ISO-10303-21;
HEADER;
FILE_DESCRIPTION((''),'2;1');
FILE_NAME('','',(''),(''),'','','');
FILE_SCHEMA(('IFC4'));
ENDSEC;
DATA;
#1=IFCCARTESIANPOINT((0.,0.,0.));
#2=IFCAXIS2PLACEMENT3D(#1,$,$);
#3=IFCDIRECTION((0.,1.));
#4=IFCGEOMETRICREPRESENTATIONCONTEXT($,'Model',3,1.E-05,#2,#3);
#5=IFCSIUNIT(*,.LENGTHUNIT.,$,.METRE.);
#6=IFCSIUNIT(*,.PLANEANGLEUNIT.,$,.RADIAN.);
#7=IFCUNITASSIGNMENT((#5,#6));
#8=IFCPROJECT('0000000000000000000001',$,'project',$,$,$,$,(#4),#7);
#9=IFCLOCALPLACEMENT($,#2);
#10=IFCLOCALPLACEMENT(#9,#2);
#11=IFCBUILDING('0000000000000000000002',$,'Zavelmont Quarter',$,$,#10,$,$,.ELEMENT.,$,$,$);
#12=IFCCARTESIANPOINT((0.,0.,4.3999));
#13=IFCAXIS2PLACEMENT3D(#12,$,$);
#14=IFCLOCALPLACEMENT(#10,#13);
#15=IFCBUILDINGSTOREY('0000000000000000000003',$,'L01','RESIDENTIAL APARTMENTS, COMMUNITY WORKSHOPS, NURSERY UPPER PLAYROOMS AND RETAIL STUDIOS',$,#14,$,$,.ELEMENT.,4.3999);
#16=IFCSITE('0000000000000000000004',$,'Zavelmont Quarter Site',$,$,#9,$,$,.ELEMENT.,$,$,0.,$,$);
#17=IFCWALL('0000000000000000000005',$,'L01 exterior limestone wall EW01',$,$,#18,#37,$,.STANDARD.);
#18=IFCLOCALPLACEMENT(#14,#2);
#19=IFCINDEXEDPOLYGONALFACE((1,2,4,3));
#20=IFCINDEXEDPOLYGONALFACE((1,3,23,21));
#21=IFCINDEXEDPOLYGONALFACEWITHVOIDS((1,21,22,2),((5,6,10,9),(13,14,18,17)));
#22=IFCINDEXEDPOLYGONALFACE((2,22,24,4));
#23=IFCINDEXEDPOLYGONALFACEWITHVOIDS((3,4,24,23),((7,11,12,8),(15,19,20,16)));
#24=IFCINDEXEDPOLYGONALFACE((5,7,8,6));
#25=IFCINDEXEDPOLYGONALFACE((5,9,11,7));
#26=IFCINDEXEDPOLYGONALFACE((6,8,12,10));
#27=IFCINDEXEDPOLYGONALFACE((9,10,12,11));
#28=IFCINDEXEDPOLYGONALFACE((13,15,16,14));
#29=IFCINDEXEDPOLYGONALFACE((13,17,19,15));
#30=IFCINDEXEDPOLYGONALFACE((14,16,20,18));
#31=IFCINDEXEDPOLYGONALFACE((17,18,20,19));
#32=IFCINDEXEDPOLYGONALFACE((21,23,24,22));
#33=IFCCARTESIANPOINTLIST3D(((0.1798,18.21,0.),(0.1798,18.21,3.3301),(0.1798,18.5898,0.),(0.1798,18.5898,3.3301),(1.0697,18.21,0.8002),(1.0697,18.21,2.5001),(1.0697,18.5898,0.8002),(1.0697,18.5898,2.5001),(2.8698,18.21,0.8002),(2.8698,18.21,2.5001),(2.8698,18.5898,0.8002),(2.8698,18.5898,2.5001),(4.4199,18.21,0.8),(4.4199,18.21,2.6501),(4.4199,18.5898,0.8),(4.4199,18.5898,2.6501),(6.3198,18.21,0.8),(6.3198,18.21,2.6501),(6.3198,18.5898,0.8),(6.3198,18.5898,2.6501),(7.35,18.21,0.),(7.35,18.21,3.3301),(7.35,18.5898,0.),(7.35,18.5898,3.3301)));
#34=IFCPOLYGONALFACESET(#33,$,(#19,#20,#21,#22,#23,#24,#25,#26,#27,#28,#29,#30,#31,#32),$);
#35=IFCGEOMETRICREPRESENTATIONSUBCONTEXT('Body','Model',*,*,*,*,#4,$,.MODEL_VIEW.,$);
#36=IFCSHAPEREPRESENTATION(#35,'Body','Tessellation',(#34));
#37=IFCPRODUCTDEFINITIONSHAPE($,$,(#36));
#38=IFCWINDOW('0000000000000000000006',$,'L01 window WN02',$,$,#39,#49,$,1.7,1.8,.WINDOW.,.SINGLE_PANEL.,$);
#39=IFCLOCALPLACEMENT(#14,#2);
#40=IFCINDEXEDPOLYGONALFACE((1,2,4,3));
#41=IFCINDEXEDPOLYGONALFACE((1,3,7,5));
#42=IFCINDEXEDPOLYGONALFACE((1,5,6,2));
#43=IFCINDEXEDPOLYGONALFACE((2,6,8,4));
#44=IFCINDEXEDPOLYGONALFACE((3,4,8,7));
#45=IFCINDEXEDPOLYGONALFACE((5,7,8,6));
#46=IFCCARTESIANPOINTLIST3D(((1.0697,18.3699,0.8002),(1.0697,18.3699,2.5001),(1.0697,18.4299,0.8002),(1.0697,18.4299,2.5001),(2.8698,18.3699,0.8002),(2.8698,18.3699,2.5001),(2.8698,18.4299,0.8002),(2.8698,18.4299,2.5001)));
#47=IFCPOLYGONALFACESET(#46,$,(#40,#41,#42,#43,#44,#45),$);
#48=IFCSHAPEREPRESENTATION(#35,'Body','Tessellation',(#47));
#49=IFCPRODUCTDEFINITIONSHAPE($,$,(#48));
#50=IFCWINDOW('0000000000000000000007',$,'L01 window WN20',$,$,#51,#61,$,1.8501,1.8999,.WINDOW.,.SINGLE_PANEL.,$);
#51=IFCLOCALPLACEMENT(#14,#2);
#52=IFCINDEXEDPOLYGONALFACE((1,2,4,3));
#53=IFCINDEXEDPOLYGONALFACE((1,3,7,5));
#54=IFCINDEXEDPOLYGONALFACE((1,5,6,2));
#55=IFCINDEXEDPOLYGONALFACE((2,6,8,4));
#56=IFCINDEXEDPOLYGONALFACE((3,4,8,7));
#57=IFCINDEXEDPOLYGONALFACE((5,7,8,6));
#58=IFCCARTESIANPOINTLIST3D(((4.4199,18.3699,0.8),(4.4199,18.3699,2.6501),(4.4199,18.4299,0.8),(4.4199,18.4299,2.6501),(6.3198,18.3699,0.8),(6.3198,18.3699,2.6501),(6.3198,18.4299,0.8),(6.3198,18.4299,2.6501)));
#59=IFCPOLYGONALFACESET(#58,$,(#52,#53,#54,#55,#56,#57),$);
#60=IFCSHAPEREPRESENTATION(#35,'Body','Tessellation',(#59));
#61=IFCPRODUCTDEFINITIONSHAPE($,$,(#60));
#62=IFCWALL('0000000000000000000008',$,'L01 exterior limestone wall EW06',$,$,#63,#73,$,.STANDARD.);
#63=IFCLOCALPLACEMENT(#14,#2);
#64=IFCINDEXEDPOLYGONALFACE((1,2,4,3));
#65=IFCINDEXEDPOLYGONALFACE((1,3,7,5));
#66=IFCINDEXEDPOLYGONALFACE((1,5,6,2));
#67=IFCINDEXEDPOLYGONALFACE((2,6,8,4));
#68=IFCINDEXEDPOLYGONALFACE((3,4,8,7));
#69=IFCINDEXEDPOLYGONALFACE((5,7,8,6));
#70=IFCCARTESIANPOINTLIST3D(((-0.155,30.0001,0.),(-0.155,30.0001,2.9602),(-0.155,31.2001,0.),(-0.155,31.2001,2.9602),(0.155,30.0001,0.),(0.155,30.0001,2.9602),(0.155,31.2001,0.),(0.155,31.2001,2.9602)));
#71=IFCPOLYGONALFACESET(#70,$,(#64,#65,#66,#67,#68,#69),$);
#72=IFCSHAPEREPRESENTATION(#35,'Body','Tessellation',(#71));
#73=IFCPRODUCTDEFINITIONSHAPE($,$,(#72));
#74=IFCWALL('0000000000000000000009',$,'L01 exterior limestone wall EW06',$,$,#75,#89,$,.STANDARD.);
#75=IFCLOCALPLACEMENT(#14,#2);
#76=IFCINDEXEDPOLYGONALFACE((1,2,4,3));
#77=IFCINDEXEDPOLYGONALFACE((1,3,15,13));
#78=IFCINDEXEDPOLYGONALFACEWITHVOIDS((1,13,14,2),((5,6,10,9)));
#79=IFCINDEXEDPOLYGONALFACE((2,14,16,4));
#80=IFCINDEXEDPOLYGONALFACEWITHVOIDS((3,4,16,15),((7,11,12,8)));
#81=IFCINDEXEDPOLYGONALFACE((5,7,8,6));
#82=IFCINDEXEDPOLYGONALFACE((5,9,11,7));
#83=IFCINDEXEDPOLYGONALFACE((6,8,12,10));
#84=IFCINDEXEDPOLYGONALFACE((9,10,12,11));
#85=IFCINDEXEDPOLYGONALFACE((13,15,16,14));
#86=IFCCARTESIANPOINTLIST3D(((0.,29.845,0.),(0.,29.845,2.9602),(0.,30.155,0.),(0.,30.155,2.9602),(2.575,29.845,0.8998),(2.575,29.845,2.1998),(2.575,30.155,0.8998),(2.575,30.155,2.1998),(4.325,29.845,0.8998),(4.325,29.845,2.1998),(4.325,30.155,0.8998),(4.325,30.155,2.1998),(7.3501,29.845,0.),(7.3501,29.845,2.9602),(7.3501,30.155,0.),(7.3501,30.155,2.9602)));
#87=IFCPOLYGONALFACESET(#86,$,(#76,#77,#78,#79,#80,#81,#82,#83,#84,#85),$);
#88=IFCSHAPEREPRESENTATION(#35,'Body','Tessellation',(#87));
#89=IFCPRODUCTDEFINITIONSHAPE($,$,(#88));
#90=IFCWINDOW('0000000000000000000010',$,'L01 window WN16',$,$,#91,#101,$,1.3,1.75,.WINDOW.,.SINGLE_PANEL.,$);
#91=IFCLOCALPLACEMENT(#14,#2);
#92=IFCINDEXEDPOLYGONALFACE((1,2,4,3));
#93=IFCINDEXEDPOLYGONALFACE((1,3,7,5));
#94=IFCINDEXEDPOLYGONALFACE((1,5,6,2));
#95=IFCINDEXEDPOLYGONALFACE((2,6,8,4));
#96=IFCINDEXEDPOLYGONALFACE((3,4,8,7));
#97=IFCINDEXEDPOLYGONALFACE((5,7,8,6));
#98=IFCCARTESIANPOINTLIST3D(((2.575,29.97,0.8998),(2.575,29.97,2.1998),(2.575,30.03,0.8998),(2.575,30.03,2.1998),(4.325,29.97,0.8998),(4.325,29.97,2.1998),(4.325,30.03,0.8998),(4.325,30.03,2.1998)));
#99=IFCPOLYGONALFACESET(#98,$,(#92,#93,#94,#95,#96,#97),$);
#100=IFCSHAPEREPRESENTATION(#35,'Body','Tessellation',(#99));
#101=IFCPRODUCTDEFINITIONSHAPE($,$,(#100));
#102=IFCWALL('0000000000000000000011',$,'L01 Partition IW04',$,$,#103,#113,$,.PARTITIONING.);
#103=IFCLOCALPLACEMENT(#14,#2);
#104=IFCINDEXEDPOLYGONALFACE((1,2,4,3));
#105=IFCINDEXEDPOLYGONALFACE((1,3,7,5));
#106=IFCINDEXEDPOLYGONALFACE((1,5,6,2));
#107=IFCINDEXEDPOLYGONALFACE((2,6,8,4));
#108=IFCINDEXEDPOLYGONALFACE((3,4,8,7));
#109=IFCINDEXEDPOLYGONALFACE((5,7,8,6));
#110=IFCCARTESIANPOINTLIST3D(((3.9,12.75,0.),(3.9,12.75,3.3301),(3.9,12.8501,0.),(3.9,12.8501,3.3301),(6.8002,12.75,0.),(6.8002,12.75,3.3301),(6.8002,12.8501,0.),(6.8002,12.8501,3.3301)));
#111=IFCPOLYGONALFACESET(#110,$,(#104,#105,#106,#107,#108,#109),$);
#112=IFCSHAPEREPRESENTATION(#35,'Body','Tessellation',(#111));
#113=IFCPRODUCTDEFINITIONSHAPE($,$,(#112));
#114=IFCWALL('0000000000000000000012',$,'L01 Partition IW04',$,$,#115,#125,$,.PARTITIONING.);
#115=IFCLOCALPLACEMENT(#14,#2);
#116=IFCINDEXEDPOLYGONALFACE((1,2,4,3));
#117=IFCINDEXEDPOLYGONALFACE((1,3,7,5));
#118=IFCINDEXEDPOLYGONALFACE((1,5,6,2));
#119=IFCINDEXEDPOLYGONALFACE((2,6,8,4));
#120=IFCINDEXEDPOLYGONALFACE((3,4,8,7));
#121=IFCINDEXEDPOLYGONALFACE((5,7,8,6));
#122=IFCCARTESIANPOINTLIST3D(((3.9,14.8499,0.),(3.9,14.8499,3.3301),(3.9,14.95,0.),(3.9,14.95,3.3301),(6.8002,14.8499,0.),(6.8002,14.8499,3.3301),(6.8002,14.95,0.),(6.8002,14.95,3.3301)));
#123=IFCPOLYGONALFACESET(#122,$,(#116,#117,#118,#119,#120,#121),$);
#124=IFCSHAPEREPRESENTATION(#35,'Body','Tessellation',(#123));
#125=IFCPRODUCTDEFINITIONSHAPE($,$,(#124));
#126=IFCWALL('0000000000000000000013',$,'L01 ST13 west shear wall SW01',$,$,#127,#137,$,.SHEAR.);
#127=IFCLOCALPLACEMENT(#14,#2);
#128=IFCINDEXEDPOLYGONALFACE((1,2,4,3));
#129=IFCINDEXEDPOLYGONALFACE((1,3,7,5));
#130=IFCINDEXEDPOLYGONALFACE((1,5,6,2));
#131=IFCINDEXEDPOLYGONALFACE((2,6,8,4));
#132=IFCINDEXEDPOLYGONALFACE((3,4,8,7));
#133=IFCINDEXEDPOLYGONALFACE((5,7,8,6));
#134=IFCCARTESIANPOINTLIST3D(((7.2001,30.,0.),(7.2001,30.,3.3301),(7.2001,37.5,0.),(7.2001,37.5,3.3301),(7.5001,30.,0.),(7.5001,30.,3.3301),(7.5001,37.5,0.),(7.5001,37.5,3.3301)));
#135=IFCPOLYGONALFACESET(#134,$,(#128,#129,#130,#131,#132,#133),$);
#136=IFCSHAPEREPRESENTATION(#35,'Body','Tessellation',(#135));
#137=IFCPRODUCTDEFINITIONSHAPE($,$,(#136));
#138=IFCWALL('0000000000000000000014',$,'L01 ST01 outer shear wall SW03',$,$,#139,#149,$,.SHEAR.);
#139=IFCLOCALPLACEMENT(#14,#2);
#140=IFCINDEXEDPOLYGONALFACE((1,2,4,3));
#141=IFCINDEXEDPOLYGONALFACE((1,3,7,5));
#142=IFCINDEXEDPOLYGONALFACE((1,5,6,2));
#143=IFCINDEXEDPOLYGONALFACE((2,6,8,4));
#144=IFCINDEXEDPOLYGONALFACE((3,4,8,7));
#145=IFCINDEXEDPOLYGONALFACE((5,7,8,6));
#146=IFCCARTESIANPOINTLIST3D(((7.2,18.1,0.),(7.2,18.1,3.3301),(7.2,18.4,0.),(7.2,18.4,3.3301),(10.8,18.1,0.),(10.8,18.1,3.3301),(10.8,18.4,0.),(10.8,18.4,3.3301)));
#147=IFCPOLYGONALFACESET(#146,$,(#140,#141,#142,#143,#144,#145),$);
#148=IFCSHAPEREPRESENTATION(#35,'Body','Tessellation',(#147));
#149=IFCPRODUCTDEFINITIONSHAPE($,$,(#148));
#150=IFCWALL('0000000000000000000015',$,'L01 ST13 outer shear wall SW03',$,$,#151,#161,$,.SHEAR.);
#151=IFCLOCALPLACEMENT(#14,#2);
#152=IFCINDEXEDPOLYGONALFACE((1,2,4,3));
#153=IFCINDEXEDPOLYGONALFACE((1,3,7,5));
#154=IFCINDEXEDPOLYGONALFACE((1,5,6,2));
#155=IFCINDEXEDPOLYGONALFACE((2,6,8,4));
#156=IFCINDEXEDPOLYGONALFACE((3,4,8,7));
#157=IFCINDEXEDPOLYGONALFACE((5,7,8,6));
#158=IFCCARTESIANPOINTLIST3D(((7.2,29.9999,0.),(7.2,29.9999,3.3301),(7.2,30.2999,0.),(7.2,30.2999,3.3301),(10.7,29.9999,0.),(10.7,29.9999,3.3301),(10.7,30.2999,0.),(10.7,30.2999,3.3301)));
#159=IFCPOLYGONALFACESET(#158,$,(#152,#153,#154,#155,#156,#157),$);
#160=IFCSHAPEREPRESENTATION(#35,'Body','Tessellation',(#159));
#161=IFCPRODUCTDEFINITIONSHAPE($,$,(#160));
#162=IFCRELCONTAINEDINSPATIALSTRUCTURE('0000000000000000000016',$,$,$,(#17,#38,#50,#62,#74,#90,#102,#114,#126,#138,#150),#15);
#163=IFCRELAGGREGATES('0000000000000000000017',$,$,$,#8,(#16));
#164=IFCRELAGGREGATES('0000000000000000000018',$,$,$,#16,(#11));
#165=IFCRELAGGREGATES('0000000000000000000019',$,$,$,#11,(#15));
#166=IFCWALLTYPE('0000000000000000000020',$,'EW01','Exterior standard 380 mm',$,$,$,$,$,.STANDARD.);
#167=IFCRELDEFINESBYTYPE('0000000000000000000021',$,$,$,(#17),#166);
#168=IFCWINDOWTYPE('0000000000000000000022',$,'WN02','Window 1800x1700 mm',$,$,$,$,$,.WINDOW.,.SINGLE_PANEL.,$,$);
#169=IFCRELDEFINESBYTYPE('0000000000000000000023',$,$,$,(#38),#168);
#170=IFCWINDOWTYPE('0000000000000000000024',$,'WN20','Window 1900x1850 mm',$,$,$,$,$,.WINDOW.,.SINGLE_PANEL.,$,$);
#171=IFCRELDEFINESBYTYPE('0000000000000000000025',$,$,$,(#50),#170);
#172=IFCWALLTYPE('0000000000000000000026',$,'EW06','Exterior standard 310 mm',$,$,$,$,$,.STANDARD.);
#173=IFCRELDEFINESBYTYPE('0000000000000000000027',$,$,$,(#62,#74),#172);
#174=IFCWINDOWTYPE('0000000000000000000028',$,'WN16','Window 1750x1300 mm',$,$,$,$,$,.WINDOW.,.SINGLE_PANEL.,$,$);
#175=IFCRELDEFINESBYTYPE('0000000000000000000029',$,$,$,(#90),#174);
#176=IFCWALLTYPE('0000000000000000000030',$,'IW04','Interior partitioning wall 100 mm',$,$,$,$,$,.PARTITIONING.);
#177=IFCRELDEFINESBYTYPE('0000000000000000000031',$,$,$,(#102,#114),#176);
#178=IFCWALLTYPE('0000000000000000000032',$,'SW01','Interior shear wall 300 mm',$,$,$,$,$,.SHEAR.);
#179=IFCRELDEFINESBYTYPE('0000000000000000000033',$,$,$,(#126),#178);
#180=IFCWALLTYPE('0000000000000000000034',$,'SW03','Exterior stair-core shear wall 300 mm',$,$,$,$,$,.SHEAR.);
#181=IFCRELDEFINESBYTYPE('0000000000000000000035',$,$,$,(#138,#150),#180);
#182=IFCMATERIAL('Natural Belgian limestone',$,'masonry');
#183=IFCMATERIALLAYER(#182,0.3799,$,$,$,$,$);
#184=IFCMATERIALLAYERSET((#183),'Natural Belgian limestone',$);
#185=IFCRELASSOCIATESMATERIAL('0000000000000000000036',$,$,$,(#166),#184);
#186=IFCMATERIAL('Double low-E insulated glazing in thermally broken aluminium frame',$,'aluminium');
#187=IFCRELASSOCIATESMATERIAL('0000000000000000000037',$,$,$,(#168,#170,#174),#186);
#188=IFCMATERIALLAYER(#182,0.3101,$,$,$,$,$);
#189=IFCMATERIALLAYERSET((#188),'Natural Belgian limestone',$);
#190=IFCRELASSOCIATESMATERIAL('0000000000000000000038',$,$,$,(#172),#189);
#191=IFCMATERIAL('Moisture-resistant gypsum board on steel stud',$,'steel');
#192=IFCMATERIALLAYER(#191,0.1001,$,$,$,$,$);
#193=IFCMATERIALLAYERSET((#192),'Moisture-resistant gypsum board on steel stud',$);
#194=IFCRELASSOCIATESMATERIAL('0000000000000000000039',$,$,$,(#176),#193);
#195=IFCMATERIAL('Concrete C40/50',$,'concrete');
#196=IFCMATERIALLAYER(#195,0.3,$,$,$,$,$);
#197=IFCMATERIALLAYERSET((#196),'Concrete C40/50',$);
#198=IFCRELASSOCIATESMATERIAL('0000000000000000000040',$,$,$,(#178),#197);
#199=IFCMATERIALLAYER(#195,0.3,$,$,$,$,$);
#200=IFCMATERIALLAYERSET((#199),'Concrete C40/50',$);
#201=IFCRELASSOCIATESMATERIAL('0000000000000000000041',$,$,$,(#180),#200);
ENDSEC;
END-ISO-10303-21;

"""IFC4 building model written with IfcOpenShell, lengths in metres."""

from ifc_helpers import new_model, si_unit, direction, frame, frame_2d, origin, origin_with_axes, place, context, subcontext, project, spatial, rectangle, extrude, material, layer, layer_set, type_object, element, fill, save


model = new_model("IFC4")

# Units and contexts
model_context = context("Model", 3, precision=1e-05, world=origin(), true_north=direction((0.0, 1.0)))
body_context = subcontext(model_context, "Body", "Model", "MODEL_VIEW")
ifc_project = project(units=[si_unit("LENGTHUNIT", "METRE"), si_unit("PLANEANGLEUNIT", "RADIAN")], contexts=[model_context])

# Site, building, storey
site_placement = place(None, origin())
site = spatial("IfcSite", under=ifc_project, at=site_placement, Name="Zavelmont Quarter Site", CompositionType="ELEMENT", RefElevation=0.0)
building_placement = place(site_placement, origin())
building = spatial("IfcBuilding", under=site, at=building_placement, Name="Zavelmont Quarter", CompositionType="ELEMENT")
storey_placement = place(building_placement, frame((0.0, 0.0, 4.3999)))
storey = spatial("IfcBuildingStorey", under=building, at=storey_placement, Name="L01", Description="RESIDENTIAL APARTMENTS, COMMUNITY WORKSHOPS, NURSERY UPPER PLAYROOMS AND RETAIL STUDIOS", CompositionType="ELEMENT", Elevation=4.3999)

# Shared definitions
ifc_material_1 = material(Name="Concrete C40/50", Category="concrete")

# Wall, openings, windows
ifc_material_2 = material(Name="Natural Belgian limestone", Category="masonry")
ifc_layer_1 = layer(ifc_material_2, 0.3799)
ifc_layer_set_1 = layer_set([ifc_layer_1], Name="Natural Belgian limestone")
wall_type_1 = type_object("IfcWallType", Name="EW01", Description="Exterior standard 380 mm", PredefinedType="STANDARD", material=ifc_layer_set_1)
wall_1_placement = place(storey_placement, frame((0.1799, 18.3999, 0.0), z_axis=(0.0, 0.0, 1.0), x_axis=(1.0, 0.0, 0.0)))
wall_1 = element("IfcWall", 1, at=wall_1_placement, inside=storey, type_object=wall_type_1, Name="L01 exterior limestone wall EW01", PredefinedType="STANDARD", context=body_context, shape_type="SweptSolid", body=[
    extrude(rectangle(XDim=7.1702, YDim=0.3799, at=frame_2d((3.585, 0.0))), origin(), (0.0, 0.0, 1.0), 3.3301),
])
opening_1_placement = place(wall_1_placement, frame((0.8899, 0.0, 0.8)))
opening_1 = element("IfcOpeningElement", 2, at=opening_1_placement, cuts=wall_1, PredefinedType="OPENING", context=body_context, shape_type="SweptSolid", body=[
    extrude(rectangle(XDim=1.8, YDim=1.7, at=frame_2d((0.8999, 0.8501))), frame((0.0, 0.2019, 0.0), z_axis=(0.0, -1.0, 0.0), x_axis=(1.0, 0.0, 0.0)), (0.0, 0.0, 1.0), 0.4038),
])
opening_2_placement = place(wall_1_placement, frame((4.24, 0.0, 0.8)))
opening_2 = element("IfcOpeningElement", 3, at=opening_2_placement, cuts=wall_1, PredefinedType="OPENING", context=body_context, shape_type="SweptSolid", body=[
    extrude(rectangle(XDim=1.8999, YDim=1.8501, at=frame_2d((0.95, 0.925))), frame((0.0, 0.2019, 0.0), z_axis=(0.0, -1.0, 0.0), x_axis=(1.0, 0.0, 0.0)), (0.0, 0.0, 1.0), 0.4038),
])
ifc_material_3 = material(Name="Double low-E insulated glazing in thermally broken aluminium frame", Category="aluminium")
window_type_1 = type_object("IfcWindowType", Name="WN02", Description="Window 1800x1700 mm", PartitioningType="SINGLE_PANEL", PredefinedType="WINDOW", material=ifc_material_3)
window_1_placement = place(opening_1_placement, origin_with_axes())
window_1 = element("IfcWindow", 4, at=window_1_placement, inside=storey, type_object=window_type_1, Name="L01 window WN02", OverallHeight=1.7, OverallWidth=1.8, PartitioningType="SINGLE_PANEL", PredefinedType="WINDOW", context=body_context, shape_type="SweptSolid", body=[
    extrude(rectangle(XDim=1.8, YDim=1.7, at=frame_2d((0.8999, 0.8501))), frame((0.0, 0.03, 0.0), z_axis=(0.0, -1.0, 0.0), x_axis=(1.0, 0.0, 0.0)), (0.0, 0.0, 1.0), 0.0601),
])
fill(opening_1, window_1)
window_type_2 = type_object("IfcWindowType", Name="WN20", Description="Window 1900x1850 mm", PartitioningType="SINGLE_PANEL", PredefinedType="WINDOW", material=ifc_material_3)
window_2_placement = place(opening_2_placement, origin_with_axes())
window_2 = element("IfcWindow", 5, at=window_2_placement, inside=storey, type_object=window_type_2, Name="L01 window WN20", OverallHeight=1.8501, OverallWidth=1.8999, PartitioningType="SINGLE_PANEL", PredefinedType="WINDOW", context=body_context, shape_type="SweptSolid", body=[
    extrude(rectangle(XDim=1.8999, YDim=1.8501, at=frame_2d((0.95, 0.925))), frame((0.0, 0.03, 0.0), z_axis=(0.0, -1.0, 0.0), x_axis=(1.0, 0.0, 0.0)), (0.0, 0.0, 1.0), 0.0601),
])
fill(opening_2, window_2)

# Wall
ifc_layer_2 = layer(ifc_material_2, 0.3101)
ifc_layer_set_2 = layer_set([ifc_layer_2], Name="Natural Belgian limestone")
wall_type_2 = type_object("IfcWallType", Name="EW06", Description="Exterior standard 310 mm", PredefinedType="STANDARD", material=ifc_layer_set_2)
wall_2_placement = place(storey_placement, frame((0.0, 30.0, 0.0), z_axis=(0.0, 0.0, 1.0), x_axis=(0.0, 1.0, 0.0)))
element("IfcWall", 6, at=wall_2_placement, inside=storey, type_object=wall_type_2, Name="L01 exterior limestone wall EW06", PredefinedType="STANDARD", context=body_context, shape_type="SweptSolid", body=[
    extrude(rectangle(XDim=1.2, YDim=0.3101, at=frame_2d((0.6001, 0.0))), origin(), (0.0, 0.0, 1.0), 2.9602),
])

# Wall, opening, window
wall_3_placement = place(storey_placement, frame((0.0, 30.0, 0.0), z_axis=(0.0, 0.0, 1.0), x_axis=(1.0, 0.0, 0.0)))
wall_3 = element("IfcWall", 7, at=wall_3_placement, inside=storey, type_object=wall_type_2, Name="L01 exterior limestone wall EW06", PredefinedType="STANDARD", context=body_context, shape_type="SweptSolid", body=[
    extrude(rectangle(XDim=7.3501, YDim=0.3101, at=frame_2d((3.675, 0.0))), origin(), (0.0, 0.0, 1.0), 2.9602),
])
opening_3_placement = place(wall_3_placement, frame((2.575, 0.0, 0.8999)))
opening_3 = element("IfcOpeningElement", 8, at=opening_3_placement, cuts=wall_3, PredefinedType="OPENING", context=body_context, shape_type="SweptSolid", body=[
    extrude(rectangle(XDim=1.75, YDim=1.3, at=frame_2d((0.875, 0.6499))), frame((0.0, 0.167, 0.0), z_axis=(0.0, -1.0, 0.0), x_axis=(1.0, 0.0, 0.0)), (0.0, 0.0, 1.0), 0.334),
])
window_type_3 = type_object("IfcWindowType", Name="WN16", Description="Window 1750x1300 mm", PartitioningType="SINGLE_PANEL", PredefinedType="WINDOW", material=ifc_material_3)
window_3_placement = place(opening_3_placement, origin_with_axes())
window_3 = element("IfcWindow", 9, at=window_3_placement, inside=storey, type_object=window_type_3, Name="L01 window WN16", OverallHeight=1.3, OverallWidth=1.75, PartitioningType="SINGLE_PANEL", PredefinedType="WINDOW", context=body_context, shape_type="SweptSolid", body=[
    extrude(rectangle(XDim=1.75, YDim=1.3, at=frame_2d((0.875, 0.6499))), frame((0.0, 0.03, 0.0), z_axis=(0.0, -1.0, 0.0), x_axis=(1.0, 0.0, 0.0)), (0.0, 0.0, 1.0), 0.0601),
])
fill(opening_3, window_3)

# Walls
ifc_material_4 = material(Name="Moisture-resistant gypsum board on steel stud", Category="steel")
ifc_layer_3 = layer(ifc_material_4, 0.1001)
ifc_layer_set_3 = layer_set([ifc_layer_3], Name="Moisture-resistant gypsum board on steel stud")
wall_type_3 = type_object("IfcWallType", Name="IW04", Description="Interior partitioning wall 100 mm", PredefinedType="PARTITIONING", material=ifc_layer_set_3)
for number, where, z_axis, x_axis, name in (
    (10, (3.8999, 12.8, 0.0), (0.0, 0.0, 1.0), (1.0, 0.0, 0.0), "L01 Partition IW04"),
    (11, (3.8999, 14.8999, 0.0), (0.0, 0.0, 1.0), (1.0, 0.0, 0.0), "L01 Partition IW04"),
):
    element("IfcWall", number, at=place(storey_placement, frame(where, z_axis=z_axis, x_axis=x_axis)), inside=storey, type_object=wall_type_3, Name=name, PredefinedType="PARTITIONING", context=body_context, shape_type="SweptSolid", body=[
        extrude(rectangle(XDim=2.9001, YDim=0.1001, at=frame_2d((1.4502, 0.0))), origin(), (0.0, 0.0, 1.0), 3.3301),
    ])
ifc_layer_4 = layer(ifc_material_1, 0.3)
ifc_layer_set_4 = layer_set([ifc_layer_4], Name="Concrete C40/50")
wall_type_4 = type_object("IfcWallType", Name="SW01", Description="Interior shear wall 300 mm", PredefinedType="SHEAR", material=ifc_layer_set_4)
wall_4_placement = place(storey_placement, frame((7.3501, 30.0, 0.0), z_axis=(0.0, 0.0, 1.0), x_axis=(0.0, 1.0, 0.0)))
element("IfcWall", 12, at=wall_4_placement, inside=storey, type_object=wall_type_4, Name="L01 ST13 west shear wall SW01", PredefinedType="SHEAR", context=body_context, shape_type="SweptSolid", body=[
    extrude(rectangle(XDim=7.5, YDim=0.3, at=frame_2d((3.75, 0.0))), origin(), (0.0, 0.0, 1.0), 3.3301),
])
ifc_layer_5 = layer(ifc_material_1, 0.3)
ifc_layer_set_5 = layer_set([ifc_layer_5], Name="Concrete C40/50")
wall_type_5 = type_object("IfcWallType", Name="SW03", Description="Exterior stair-core shear wall 300 mm", PredefinedType="SHEAR", material=ifc_layer_set_5)
wall_5_placement = place(storey_placement, frame((7.2, 18.25, 0.0), z_axis=(0.0, 0.0, 1.0), x_axis=(1.0, 0.0, 0.0)))
element("IfcWall", 13, at=wall_5_placement, inside=storey, type_object=wall_type_5, Name="L01 ST01 outer shear wall SW03", PredefinedType="SHEAR", context=body_context, shape_type="SweptSolid", body=[
    extrude(rectangle(XDim=3.6001, YDim=0.3, at=frame_2d((1.8, 0.0))), origin(), (0.0, 0.0, 1.0), 3.3301),
])
wall_6_placement = place(storey_placement, frame((7.2, 30.1499, 0.0), z_axis=(0.0, 0.0, 1.0), x_axis=(1.0, 0.0, 0.0)))
element("IfcWall", 14, at=wall_6_placement, inside=storey, type_object=wall_type_5, Name="L01 ST13 outer shear wall SW03", PredefinedType="SHEAR", context=body_context, shape_type="SweptSolid", body=[
    extrude(rectangle(XDim=3.5, YDim=0.3, at=frame_2d((1.75, 0.0))), origin(), (0.0, 0.0, 1.0), 3.3301),
])

save(model, "model.ifc")
